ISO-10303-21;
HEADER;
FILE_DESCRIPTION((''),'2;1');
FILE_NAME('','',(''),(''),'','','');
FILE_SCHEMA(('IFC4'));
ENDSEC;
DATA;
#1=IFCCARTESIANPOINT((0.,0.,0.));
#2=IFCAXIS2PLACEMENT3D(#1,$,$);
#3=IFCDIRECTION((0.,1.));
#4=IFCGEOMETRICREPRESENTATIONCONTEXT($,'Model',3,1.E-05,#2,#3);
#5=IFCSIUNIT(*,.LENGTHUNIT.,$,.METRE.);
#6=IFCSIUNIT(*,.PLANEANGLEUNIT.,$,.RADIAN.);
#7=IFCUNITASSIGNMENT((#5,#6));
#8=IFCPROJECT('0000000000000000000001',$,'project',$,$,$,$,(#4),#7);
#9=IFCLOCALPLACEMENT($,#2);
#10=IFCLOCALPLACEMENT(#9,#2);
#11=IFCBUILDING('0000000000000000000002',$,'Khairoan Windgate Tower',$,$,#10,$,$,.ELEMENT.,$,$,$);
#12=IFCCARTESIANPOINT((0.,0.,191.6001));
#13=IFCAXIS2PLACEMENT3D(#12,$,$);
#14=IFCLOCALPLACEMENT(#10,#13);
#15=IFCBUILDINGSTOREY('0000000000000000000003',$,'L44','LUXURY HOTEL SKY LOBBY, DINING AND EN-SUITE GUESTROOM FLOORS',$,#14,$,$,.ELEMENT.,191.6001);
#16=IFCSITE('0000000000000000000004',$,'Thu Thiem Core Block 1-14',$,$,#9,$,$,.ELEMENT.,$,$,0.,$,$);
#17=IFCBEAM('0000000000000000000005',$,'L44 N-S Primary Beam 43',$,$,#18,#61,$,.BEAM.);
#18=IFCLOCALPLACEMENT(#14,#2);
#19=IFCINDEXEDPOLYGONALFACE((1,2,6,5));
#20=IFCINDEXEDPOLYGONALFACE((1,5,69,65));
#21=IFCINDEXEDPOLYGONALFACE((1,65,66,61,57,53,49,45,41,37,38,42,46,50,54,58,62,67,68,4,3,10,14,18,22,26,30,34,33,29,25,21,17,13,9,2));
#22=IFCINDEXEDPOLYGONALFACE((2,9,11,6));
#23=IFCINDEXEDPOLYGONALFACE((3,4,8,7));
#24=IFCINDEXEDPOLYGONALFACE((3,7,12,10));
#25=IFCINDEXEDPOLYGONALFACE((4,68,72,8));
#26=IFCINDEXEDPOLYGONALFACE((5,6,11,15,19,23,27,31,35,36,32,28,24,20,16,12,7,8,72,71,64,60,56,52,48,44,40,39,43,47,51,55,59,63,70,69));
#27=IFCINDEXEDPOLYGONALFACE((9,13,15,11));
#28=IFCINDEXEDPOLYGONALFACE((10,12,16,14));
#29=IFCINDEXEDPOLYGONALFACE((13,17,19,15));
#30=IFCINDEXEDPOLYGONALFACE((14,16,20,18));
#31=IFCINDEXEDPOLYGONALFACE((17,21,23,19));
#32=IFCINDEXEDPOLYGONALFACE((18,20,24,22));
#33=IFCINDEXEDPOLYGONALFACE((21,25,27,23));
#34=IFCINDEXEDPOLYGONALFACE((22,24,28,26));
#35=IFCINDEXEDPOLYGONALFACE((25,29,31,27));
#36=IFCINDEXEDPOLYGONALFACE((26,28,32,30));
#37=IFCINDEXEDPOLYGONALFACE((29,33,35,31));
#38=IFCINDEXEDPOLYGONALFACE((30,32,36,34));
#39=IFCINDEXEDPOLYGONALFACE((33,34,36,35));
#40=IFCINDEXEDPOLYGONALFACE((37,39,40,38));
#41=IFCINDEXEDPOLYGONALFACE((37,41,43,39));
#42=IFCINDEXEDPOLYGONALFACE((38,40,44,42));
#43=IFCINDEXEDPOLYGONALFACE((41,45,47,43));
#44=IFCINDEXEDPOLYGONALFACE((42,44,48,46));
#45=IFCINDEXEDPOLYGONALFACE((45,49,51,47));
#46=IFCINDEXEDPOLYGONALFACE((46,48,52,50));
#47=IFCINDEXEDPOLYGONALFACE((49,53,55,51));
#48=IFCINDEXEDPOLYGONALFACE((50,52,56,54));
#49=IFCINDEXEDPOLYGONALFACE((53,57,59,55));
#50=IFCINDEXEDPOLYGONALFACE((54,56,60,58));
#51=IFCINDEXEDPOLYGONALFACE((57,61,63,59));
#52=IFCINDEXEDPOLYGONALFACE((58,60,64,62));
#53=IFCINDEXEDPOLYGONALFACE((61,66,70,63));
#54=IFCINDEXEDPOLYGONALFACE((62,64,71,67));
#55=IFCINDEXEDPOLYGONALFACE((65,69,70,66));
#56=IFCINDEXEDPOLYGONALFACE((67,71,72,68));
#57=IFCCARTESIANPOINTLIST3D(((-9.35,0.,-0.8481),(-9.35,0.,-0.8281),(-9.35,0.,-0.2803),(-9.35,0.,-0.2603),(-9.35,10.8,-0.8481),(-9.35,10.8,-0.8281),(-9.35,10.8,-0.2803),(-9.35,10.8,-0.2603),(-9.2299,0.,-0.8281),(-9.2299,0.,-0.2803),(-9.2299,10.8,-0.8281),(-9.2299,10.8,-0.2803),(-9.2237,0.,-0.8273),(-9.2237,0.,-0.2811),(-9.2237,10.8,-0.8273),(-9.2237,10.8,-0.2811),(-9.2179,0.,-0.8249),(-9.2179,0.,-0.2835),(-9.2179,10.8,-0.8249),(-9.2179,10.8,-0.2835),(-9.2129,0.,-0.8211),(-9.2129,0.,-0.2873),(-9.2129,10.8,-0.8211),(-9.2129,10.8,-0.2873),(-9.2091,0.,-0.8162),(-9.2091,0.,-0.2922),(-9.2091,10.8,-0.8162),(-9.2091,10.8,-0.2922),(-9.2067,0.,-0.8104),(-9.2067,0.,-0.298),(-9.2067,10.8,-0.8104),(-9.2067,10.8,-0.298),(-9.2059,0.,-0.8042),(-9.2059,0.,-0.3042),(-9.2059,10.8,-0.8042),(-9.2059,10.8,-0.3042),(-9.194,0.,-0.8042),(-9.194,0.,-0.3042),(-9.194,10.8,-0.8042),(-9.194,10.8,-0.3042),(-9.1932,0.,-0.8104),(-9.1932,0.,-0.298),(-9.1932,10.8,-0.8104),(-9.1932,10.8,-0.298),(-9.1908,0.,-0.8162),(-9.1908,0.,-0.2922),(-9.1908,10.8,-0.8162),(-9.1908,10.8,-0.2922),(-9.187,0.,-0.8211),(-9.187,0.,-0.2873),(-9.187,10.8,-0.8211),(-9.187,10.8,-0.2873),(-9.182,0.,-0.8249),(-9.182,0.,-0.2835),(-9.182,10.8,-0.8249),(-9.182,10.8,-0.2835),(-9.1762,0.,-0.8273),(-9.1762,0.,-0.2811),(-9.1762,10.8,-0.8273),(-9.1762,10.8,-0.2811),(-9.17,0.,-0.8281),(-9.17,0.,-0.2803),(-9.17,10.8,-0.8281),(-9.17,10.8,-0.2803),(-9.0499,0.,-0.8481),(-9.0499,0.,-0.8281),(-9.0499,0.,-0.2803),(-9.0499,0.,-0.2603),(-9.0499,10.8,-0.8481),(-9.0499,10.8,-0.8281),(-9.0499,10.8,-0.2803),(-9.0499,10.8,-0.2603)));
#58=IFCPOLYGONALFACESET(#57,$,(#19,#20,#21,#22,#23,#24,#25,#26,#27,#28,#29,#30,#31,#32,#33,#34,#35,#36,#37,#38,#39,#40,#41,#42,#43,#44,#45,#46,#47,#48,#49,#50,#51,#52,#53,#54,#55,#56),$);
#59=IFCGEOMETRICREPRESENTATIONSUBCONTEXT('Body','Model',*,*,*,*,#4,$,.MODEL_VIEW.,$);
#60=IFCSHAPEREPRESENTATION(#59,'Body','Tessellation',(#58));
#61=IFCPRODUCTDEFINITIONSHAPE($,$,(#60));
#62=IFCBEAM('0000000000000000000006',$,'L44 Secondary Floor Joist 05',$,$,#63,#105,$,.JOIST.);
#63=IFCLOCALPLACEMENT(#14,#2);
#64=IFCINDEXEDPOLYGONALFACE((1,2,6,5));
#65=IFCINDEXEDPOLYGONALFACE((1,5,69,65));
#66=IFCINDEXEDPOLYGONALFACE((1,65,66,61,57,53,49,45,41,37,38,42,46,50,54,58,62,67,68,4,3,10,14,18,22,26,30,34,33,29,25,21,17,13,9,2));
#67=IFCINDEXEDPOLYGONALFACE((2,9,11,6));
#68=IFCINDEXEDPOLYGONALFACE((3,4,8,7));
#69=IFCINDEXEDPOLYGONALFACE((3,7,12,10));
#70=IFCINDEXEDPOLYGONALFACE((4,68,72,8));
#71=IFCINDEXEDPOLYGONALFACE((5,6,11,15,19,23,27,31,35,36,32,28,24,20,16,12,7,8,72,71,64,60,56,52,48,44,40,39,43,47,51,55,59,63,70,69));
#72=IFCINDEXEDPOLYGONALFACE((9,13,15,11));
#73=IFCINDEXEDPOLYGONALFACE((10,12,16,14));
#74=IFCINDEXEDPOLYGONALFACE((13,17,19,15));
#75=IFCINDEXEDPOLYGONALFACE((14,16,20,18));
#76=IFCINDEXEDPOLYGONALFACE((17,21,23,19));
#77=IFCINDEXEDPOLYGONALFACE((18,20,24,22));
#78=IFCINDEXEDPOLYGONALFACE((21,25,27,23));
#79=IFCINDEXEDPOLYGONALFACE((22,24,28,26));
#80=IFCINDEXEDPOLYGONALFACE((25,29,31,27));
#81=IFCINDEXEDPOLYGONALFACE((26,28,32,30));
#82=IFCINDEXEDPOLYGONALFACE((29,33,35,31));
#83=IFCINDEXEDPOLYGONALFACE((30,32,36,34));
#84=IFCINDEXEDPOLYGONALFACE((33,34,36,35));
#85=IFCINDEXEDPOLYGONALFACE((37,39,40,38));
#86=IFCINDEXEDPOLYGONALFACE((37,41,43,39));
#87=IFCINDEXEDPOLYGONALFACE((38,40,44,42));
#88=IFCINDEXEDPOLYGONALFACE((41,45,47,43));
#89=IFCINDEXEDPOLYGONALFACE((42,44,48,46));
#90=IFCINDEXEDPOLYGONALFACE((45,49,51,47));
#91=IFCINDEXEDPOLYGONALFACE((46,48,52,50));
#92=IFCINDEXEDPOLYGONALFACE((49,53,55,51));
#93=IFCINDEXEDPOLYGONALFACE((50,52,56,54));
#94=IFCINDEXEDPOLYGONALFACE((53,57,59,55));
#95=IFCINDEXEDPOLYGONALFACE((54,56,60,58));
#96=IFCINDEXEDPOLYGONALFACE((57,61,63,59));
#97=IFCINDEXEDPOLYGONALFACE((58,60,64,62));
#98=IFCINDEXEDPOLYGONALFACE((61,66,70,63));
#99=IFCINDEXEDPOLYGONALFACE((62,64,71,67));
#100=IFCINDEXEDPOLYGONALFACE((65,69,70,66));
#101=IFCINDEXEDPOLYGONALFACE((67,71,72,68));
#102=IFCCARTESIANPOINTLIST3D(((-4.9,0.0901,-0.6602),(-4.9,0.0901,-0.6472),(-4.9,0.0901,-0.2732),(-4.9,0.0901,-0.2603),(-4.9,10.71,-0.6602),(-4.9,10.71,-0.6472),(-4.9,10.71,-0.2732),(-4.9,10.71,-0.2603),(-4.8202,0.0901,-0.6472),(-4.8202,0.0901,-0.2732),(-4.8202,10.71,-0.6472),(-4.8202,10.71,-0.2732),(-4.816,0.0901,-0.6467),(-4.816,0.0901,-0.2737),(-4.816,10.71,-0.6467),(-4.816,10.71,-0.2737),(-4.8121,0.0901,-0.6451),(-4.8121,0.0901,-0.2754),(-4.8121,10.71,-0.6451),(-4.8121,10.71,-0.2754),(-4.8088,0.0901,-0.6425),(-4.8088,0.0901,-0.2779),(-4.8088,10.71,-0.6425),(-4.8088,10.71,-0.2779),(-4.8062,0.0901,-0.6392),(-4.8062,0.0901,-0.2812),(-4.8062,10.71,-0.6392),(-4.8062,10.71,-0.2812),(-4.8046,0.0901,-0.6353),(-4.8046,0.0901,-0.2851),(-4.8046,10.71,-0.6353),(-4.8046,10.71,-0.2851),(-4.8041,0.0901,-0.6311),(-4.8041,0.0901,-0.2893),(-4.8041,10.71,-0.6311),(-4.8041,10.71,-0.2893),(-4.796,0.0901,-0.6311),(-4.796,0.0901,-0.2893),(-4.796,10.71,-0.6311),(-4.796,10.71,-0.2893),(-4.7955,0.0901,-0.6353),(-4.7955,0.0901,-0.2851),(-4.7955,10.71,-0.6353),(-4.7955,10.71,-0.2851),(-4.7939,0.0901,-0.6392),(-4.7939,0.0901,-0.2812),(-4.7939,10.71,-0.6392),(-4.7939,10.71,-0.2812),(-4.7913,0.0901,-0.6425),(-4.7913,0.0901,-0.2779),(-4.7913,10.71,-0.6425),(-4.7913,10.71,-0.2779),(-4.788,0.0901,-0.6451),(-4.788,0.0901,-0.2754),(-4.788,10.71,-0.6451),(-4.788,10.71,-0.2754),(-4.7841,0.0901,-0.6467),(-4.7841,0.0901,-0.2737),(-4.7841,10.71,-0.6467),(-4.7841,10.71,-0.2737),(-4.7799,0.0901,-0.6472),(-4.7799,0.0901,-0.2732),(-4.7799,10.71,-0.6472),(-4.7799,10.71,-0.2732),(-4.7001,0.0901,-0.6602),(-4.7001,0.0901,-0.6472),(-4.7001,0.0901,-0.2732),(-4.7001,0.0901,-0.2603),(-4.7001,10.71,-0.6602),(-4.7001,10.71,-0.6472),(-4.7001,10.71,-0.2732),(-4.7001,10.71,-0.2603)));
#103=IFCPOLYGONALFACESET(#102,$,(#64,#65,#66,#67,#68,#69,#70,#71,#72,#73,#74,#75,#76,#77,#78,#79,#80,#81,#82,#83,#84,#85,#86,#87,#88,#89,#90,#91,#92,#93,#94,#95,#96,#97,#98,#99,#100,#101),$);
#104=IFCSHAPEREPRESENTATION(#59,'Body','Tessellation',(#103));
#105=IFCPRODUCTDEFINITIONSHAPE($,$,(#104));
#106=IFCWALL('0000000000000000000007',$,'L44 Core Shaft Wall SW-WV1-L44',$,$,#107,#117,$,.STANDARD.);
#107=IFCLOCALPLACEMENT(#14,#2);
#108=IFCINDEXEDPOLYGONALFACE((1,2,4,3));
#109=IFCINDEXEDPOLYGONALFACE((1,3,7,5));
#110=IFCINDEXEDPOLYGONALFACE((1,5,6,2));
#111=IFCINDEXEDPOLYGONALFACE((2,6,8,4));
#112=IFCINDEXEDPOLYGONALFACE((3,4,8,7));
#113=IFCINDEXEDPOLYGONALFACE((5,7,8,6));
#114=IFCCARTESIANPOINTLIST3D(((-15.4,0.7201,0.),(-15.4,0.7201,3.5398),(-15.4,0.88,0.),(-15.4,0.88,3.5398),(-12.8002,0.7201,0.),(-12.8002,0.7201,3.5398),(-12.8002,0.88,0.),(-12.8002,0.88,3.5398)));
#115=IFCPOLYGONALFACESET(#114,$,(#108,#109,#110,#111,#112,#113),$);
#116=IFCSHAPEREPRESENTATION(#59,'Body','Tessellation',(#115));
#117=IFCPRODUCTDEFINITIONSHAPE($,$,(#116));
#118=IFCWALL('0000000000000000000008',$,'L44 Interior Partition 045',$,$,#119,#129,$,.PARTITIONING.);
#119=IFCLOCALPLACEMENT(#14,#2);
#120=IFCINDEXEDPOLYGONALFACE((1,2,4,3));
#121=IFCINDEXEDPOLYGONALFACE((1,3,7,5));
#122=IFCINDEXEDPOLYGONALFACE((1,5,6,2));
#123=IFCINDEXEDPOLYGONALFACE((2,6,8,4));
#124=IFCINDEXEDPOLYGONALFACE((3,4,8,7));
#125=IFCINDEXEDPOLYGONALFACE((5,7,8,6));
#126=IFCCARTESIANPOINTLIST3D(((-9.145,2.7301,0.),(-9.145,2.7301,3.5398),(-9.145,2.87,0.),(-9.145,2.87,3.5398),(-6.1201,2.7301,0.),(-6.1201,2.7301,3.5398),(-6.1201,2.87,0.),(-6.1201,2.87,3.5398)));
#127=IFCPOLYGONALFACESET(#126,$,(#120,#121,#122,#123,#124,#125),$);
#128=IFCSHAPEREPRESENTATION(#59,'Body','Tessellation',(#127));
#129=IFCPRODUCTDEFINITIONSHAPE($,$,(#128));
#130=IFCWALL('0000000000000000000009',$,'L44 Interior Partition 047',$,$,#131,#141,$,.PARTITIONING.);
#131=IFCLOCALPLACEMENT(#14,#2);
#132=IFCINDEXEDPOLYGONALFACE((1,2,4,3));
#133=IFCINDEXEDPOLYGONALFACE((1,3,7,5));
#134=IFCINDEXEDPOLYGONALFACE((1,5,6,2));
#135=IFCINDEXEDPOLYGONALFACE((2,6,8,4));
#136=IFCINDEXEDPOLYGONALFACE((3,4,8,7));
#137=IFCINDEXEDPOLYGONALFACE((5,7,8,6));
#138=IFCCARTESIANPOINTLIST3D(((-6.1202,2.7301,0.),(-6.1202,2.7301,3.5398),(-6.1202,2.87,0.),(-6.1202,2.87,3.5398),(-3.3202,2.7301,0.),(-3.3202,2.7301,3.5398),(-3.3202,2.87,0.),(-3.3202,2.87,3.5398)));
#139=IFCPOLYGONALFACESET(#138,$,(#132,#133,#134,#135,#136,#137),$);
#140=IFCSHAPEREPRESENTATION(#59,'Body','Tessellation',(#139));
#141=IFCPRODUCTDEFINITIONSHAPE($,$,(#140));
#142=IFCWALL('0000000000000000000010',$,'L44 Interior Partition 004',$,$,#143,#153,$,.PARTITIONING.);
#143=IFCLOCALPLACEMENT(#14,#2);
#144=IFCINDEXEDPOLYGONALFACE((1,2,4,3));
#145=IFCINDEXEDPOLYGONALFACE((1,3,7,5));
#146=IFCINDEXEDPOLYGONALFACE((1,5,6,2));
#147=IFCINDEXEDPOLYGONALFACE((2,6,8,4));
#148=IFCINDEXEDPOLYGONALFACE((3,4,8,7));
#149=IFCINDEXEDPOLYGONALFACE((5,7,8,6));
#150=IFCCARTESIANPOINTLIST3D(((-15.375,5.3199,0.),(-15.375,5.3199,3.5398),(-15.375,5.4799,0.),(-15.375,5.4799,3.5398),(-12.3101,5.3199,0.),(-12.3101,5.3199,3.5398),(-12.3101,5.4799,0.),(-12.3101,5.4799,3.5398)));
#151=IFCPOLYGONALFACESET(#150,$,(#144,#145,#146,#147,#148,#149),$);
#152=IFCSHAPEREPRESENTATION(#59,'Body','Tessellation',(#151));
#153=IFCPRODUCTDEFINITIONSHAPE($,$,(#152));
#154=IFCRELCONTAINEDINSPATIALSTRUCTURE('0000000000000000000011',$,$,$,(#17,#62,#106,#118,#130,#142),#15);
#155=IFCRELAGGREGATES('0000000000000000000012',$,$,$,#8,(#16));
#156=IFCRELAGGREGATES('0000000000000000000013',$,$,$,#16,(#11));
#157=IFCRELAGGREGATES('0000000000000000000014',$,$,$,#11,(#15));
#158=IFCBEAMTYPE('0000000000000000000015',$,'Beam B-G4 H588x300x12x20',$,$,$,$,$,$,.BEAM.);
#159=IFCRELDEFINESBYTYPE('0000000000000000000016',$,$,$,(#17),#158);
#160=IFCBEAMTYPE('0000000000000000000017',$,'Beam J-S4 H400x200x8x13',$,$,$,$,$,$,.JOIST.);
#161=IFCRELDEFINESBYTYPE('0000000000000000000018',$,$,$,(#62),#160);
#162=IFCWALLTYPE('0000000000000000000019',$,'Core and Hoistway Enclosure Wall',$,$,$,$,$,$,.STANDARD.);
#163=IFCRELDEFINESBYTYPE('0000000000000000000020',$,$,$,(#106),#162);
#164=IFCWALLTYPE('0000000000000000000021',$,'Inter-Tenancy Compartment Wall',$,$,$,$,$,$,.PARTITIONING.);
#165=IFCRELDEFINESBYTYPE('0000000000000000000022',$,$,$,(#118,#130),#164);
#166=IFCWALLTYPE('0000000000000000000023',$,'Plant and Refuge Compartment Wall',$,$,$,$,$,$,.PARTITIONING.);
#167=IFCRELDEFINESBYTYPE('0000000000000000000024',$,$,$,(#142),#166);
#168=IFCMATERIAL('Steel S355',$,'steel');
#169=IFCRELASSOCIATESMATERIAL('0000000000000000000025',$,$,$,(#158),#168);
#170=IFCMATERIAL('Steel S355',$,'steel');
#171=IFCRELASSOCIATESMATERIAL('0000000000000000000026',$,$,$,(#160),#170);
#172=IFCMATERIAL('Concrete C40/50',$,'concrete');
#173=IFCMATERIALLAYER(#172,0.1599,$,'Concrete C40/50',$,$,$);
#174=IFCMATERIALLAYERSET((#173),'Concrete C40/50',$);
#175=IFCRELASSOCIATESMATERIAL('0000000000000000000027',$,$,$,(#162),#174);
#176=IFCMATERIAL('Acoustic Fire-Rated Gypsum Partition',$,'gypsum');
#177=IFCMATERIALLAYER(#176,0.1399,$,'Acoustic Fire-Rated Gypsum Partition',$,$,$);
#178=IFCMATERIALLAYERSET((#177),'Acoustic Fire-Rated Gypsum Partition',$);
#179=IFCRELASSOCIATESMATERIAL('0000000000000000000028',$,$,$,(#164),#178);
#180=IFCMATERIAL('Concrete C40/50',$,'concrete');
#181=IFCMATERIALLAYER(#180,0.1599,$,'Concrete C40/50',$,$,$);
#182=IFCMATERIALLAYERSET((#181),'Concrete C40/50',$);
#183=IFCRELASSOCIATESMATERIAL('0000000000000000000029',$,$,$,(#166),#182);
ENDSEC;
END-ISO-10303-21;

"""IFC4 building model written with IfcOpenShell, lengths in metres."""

from ifc_helpers import new_model, si_unit, direction, frame, frame_2d, origin, origin_2d, place, context, subcontext, project, spatial, rectangle, i_section, extrude, material, layer, layer_set, material_profile, profile_set, type_object, element, save


model = new_model("IFC4")

# Units and contexts
model_context = context("Model", 3, precision=1e-05, world=origin(), true_north=direction((0.0, 1.0)))
body_context = subcontext(model_context, "Body", "Model", "MODEL_VIEW")
ifc_project = project(units=[si_unit("LENGTHUNIT", "METRE"), si_unit("PLANEANGLEUNIT", "RADIAN")], contexts=[model_context])

# Site, building, storey
site_placement = place(None, origin())
site = spatial("IfcSite", under=ifc_project, at=site_placement, Name="Thu Thiem Core Block 1-14", CompositionType="ELEMENT", RefElevation=0.0)
building_placement = place(site_placement, origin())
building = spatial("IfcBuilding", under=site, at=building_placement, Name="Khairoan Windgate Tower", CompositionType="ELEMENT")
storey_placement = place(building_placement, frame((0.0, 0.0, 191.6001)))
storey = spatial("IfcBuildingStorey", under=building, at=storey_placement, Name="L44", Description="LUXURY HOTEL SKY LOBBY, DINING AND EN-SUITE GUESTROOM FLOORS", CompositionType="ELEMENT", Elevation=191.6001)

# Beams
ifc_material_1 = material(Name="Steel S355", Category="steel")
ifc_material_profile_1 = material_profile(ifc_material_1, i_section(OverallWidth=0.3, OverallDepth=0.5879, WebThickness=0.012, FlangeThickness=0.02, FilletRadius=0.0239, at=origin_2d()))
ifc_profile_set_1 = profile_set([ifc_material_profile_1], Name="Steel S355")
beam_type_1 = type_object("IfcBeamType", Name="Beam B-G4 H588x300x12x20", PredefinedType="BEAM", material=ifc_profile_set_1)
beam_1_placement = place(storey_placement, frame((-9.2, 0.0, -0.5542), z_axis=(0.0, 1.0, 0.0), x_axis=(-1.0, 0.0, 0.0)))
element("IfcBeam", 1, at=beam_1_placement, inside=storey, type_object=beam_type_1, Name="L44 N-S Primary Beam 43", PredefinedType="BEAM", context=body_context, shape_type="SweptSolid", body=[
    extrude(i_section(OverallWidth=0.3, OverallDepth=0.5879, WebThickness=0.012, FlangeThickness=0.02, FilletRadius=0.0239, at=origin_2d()), origin(), (0.0, 0.0, 1.0), 10.8),
])
ifc_material_2 = material(Name="Steel S355", Category="steel")
ifc_material_profile_2 = material_profile(ifc_material_2, i_section(OverallWidth=0.2, OverallDepth=0.3999, WebThickness=0.0081, FlangeThickness=0.0129, FilletRadius=0.0161, at=origin_2d()))
ifc_profile_set_2 = profile_set([ifc_material_profile_2], Name="Steel S355")
beam_type_2 = type_object("IfcBeamType", Name="Beam J-S4 H400x200x8x13", PredefinedType="JOIST", material=ifc_profile_set_2)
beam_2_placement = place(storey_placement, frame((-4.8, 0.0901, -0.4602), z_axis=(0.0, 1.0, 0.0), x_axis=(-1.0, 0.0, 0.0)))
element("IfcBeam", 2, at=beam_2_placement, inside=storey, type_object=beam_type_2, Name="L44 Secondary Floor Joist 05", PredefinedType="JOIST", context=body_context, shape_type="SweptSolid", body=[
    extrude(i_section(OverallWidth=0.2, OverallDepth=0.3999, WebThickness=0.0081, FlangeThickness=0.0129, FilletRadius=0.0161, at=origin_2d()), origin(), (0.0, 0.0, 1.0), 10.6199),
])

# Walls
ifc_material_3 = material(Name="Concrete C40/50", Category="concrete")
ifc_layer_1 = layer(ifc_material_3, 0.1599, Name="Concrete C40/50")
ifc_layer_set_1 = layer_set([ifc_layer_1], Name="Concrete C40/50")
wall_type_1 = type_object("IfcWallType", Name="Core and Hoistway Enclosure Wall", PredefinedType="STANDARD", material=ifc_layer_set_1)
wall_1_placement = place(storey_placement, frame((-15.3999, 0.8, 0.0), z_axis=(0.0, 0.0, 1.0), x_axis=(1.0, 0.0, 0.0)))
element("IfcWall", 3, at=wall_1_placement, inside=storey, type_object=wall_type_1, Name="L44 Core Shaft Wall SW-WV1-L44", PredefinedType="STANDARD", context=body_context, shape_type="SweptSolid", body=[
    extrude(rectangle(XDim=2.5999, YDim=0.1599, at=frame_2d((1.2998, 0.0))), origin(), (0.0, 0.0, 1.0), 3.5398),
])
ifc_material_4 = material(Name="Acoustic Fire-Rated Gypsum Partition", Category="gypsum")
ifc_layer_2 = layer(ifc_material_4, 0.1399, Name="Acoustic Fire-Rated Gypsum Partition")
ifc_layer_set_2 = layer_set([ifc_layer_2], Name="Acoustic Fire-Rated Gypsum Partition")
wall_type_2 = type_object("IfcWallType", Name="Inter-Tenancy Compartment Wall", PredefinedType="PARTITIONING", material=ifc_layer_set_2)
wall_2_placement = place(storey_placement, frame((-9.145, 2.8, 0.0), z_axis=(0.0, 0.0, 1.0), x_axis=(1.0, 0.0, 0.0)))
element("IfcWall", 4, at=wall_2_placement, inside=storey, type_object=wall_type_2, Name="L44 Interior Partition 045", PredefinedType="PARTITIONING", context=body_context, shape_type="SweptSolid", body=[
    extrude(rectangle(XDim=3.0249, YDim=0.1399, at=frame_2d((1.5125, 0.0))), origin(), (0.0, 0.0, 1.0), 3.5398),
])
wall_3_placement = place(storey_placement, frame((-6.1201, 2.8, 0.0), z_axis=(0.0, 0.0, 1.0), x_axis=(1.0, 0.0, 0.0)))
element("IfcWall", 5, at=wall_3_placement, inside=storey, type_object=wall_type_2, Name="L44 Interior Partition 047", PredefinedType="PARTITIONING", context=body_context, shape_type="SweptSolid", body=[
    extrude(rectangle(XDim=2.8, YDim=0.1399, at=frame_2d((1.3999, 0.0))), origin(), (0.0, 0.0, 1.0), 3.5398),
])
ifc_material_5 = material(Name="Concrete C40/50", Category="concrete")
ifc_layer_3 = layer(ifc_material_5, 0.1599, Name="Concrete C40/50")
ifc_layer_set_3 = layer_set([ifc_layer_3], Name="Concrete C40/50")
wall_type_3 = type_object("IfcWallType", Name="Plant and Refuge Compartment Wall", PredefinedType="PARTITIONING", material=ifc_layer_set_3)
wall_4_placement = place(storey_placement, frame((-15.375, 5.3999, 0.0), z_axis=(0.0, 0.0, 1.0), x_axis=(1.0, 0.0, 0.0)))
element("IfcWall", 6, at=wall_4_placement, inside=storey, type_object=wall_type_3, Name="L44 Interior Partition 004", PredefinedType="PARTITIONING", context=body_context, shape_type="SweptSolid", body=[
    extrude(rectangle(XDim=3.0649, YDim=0.1599, at=frame_2d((1.5325, 0.0))), origin(), (0.0, 0.0, 1.0), 3.5398),
])

save(model, "model.ifc")
